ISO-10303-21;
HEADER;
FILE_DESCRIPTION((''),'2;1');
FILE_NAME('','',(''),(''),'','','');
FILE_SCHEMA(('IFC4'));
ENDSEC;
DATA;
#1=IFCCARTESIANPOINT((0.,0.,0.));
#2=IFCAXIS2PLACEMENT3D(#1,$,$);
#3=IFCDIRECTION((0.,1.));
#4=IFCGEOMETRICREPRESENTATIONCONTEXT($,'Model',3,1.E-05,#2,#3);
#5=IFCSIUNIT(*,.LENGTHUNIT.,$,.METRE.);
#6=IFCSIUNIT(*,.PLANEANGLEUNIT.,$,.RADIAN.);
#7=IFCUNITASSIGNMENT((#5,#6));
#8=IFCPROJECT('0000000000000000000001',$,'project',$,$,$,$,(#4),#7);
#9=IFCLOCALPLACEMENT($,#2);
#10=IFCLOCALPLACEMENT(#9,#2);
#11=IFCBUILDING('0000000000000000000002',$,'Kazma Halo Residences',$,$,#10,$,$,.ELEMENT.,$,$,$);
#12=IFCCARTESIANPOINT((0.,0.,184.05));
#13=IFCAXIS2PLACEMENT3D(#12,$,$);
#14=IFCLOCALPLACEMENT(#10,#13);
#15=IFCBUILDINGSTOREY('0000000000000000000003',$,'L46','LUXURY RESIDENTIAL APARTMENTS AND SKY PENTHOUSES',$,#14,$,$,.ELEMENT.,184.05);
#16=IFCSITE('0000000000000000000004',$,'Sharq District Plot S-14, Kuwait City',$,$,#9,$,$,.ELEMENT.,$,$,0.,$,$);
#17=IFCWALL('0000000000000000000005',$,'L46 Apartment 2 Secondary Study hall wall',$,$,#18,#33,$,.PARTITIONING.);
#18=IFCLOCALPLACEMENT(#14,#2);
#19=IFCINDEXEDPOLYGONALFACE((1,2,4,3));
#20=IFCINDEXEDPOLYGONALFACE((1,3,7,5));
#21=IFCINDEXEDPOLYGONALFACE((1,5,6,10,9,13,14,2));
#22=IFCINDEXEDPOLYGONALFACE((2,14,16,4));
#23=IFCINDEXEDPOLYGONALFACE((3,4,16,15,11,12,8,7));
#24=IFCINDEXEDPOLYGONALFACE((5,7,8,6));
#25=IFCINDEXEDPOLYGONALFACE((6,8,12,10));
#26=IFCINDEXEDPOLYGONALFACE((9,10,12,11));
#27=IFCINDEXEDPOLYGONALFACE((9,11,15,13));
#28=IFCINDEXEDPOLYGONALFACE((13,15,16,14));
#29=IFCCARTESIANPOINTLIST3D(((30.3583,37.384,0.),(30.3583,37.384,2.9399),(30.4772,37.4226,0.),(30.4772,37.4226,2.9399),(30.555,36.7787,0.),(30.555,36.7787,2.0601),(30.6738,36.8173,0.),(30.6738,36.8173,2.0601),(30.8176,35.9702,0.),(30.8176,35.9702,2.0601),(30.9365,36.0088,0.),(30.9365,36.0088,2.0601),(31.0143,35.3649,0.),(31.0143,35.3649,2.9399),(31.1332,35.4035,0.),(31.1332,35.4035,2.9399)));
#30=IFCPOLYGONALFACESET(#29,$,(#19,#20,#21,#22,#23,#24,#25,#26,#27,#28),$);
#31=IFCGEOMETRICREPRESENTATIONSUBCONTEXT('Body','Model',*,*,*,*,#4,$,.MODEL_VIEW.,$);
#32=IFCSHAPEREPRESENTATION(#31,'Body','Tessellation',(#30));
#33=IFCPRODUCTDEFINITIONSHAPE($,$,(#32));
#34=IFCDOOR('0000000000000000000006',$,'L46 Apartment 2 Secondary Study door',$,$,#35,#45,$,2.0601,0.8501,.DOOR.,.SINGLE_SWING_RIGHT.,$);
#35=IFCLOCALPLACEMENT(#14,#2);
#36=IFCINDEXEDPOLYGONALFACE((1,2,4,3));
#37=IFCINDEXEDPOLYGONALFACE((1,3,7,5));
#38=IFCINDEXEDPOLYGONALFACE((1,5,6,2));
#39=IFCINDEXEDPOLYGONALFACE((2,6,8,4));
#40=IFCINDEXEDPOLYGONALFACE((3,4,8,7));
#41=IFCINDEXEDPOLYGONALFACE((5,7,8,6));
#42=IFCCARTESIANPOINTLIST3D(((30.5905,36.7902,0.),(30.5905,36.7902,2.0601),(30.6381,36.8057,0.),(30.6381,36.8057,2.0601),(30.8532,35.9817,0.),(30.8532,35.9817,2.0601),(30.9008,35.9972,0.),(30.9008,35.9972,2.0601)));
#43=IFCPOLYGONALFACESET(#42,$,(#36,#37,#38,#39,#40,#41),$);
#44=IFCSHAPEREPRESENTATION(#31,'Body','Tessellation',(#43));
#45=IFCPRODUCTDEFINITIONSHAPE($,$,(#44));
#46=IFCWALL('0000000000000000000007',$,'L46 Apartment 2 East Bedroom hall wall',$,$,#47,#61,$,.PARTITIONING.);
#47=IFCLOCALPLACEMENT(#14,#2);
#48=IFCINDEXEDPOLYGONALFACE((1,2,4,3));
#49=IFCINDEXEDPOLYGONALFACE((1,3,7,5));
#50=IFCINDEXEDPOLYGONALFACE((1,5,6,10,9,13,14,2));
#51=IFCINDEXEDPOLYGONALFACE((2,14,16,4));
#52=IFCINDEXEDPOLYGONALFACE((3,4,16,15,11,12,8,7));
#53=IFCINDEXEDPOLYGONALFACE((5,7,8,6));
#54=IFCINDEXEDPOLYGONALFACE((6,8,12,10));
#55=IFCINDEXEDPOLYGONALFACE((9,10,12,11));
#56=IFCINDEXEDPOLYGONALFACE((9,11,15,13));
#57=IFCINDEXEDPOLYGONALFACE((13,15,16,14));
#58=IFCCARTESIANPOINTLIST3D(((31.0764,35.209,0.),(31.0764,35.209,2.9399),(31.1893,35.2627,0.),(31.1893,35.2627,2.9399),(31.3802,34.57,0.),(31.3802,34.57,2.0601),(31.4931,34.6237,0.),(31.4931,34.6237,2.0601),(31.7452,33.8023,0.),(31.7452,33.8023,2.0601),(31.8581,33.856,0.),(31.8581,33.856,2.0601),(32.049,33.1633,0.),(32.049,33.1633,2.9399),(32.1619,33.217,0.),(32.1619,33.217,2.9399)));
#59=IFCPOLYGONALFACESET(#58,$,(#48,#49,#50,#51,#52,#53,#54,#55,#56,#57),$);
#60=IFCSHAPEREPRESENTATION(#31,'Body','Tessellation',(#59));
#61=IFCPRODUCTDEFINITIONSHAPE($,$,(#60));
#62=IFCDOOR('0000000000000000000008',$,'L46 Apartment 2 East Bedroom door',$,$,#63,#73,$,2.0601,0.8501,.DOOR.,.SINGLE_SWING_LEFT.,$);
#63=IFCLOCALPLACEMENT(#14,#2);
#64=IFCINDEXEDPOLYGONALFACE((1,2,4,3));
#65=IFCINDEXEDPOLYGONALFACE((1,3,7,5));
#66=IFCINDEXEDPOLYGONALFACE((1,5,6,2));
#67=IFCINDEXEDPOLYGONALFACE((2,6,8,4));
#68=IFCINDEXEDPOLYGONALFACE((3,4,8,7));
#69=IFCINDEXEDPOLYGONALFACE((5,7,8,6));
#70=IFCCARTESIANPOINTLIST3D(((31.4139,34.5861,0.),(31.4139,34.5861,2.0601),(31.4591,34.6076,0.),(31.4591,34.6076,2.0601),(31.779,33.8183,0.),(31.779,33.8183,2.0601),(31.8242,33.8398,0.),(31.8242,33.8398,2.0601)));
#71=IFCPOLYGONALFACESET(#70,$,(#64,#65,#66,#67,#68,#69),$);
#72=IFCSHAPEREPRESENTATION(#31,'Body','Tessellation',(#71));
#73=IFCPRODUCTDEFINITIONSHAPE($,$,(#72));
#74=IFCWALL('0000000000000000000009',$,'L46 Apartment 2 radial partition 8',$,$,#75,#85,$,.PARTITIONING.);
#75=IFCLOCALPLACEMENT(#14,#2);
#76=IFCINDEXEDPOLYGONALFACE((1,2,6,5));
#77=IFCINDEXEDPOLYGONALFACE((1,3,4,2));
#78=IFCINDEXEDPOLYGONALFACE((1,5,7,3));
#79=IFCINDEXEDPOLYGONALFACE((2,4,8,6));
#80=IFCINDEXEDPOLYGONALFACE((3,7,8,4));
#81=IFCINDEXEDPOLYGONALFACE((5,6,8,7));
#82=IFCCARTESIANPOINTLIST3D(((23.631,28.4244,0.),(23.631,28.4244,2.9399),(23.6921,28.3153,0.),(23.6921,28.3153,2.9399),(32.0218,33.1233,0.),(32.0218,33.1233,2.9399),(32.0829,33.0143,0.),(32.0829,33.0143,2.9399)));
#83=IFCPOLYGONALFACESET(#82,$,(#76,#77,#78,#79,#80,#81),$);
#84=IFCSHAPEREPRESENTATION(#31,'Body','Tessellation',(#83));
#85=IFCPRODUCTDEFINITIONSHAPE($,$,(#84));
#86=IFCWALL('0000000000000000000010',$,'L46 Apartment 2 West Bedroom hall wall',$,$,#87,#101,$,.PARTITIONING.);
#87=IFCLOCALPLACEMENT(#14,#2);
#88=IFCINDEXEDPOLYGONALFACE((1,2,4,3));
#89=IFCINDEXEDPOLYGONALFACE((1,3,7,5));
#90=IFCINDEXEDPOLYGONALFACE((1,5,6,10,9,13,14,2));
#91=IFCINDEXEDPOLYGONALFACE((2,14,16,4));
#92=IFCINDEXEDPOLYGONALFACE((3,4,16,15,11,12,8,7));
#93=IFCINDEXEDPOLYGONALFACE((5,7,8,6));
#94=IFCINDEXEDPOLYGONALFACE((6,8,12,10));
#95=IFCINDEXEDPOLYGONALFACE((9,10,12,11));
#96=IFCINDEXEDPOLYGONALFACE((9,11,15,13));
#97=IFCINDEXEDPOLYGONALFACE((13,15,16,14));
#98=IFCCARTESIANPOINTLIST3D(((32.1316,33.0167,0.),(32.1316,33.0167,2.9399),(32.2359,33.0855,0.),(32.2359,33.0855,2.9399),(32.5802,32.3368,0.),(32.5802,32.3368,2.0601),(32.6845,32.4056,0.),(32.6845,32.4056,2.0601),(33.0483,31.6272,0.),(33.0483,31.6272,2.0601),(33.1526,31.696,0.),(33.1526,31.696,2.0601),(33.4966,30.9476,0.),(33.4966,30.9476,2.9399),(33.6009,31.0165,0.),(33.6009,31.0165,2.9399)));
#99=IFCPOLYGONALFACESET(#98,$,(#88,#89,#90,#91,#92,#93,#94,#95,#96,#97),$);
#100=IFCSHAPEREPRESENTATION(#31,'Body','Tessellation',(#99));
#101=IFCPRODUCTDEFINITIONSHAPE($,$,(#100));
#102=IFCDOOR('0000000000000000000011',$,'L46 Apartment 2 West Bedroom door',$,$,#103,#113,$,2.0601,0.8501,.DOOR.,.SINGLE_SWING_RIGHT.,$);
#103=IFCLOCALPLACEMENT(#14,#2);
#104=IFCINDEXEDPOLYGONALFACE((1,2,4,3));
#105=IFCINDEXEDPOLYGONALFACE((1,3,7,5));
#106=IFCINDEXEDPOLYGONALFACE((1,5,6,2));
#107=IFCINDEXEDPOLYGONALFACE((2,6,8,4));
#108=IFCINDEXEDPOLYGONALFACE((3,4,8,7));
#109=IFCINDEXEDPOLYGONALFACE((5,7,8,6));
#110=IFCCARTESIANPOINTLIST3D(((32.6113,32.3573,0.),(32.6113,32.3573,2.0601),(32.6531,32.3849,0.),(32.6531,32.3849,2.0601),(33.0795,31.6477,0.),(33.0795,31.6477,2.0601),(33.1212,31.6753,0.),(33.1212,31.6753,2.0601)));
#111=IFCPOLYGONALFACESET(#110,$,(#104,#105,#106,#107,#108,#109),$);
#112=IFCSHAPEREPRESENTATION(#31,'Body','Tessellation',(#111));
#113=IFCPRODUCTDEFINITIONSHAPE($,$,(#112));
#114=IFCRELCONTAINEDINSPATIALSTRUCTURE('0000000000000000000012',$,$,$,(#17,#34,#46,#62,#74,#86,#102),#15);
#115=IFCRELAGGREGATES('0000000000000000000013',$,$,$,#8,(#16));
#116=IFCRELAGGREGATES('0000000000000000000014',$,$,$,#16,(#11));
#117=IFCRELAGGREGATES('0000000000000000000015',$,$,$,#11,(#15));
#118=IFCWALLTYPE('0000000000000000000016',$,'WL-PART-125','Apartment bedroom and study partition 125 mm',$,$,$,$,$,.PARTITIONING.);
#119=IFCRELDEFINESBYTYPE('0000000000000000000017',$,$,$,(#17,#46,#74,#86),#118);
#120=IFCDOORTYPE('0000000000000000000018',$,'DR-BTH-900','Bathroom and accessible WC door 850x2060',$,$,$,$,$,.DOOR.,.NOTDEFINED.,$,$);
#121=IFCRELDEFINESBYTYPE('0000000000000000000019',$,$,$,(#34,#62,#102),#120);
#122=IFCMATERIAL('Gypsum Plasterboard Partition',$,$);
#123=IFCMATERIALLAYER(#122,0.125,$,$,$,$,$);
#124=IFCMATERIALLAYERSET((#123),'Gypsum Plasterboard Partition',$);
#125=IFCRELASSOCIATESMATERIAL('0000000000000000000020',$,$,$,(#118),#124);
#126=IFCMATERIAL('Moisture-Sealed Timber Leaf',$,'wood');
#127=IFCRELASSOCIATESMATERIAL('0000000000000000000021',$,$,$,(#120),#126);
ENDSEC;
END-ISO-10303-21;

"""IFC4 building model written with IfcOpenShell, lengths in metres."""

from ifc_helpers import new_model, si_unit, direction, frame, frame_2d, origin, place, context, subcontext, project, spatial, rectangle, extrude, material, layer, layer_set, type_object, element, fill, save


model = new_model("IFC4")

# Units and contexts
model_context = context("Model", 3, precision=1e-05, world=origin(), true_north=direction((0.0, 1.0)))
body_context = subcontext(model_context, "Body", "Model", "MODEL_VIEW")
ifc_project = project(units=[si_unit("LENGTHUNIT", "METRE"), si_unit("PLANEANGLEUNIT", "RADIAN")], contexts=[model_context])

# Site, building, storey
site_placement = place(None, origin())
site = spatial("IfcSite", under=ifc_project, at=site_placement, Name="Sharq District Plot S-14, Kuwait City", CompositionType="ELEMENT", RefElevation=0.0)
building_placement = place(site_placement, origin())
building = spatial("IfcBuilding", under=site, at=building_placement, Name="Kazma Halo Residences", CompositionType="ELEMENT")
storey_placement = place(building_placement, frame((0.0, 0.0, 184.05)))
storey = spatial("IfcBuildingStorey", under=building, at=storey_placement, Name="L46", Description="LUXURY RESIDENTIAL APARTMENTS AND SKY PENTHOUSES", CompositionType="ELEMENT", Elevation=184.05)

# Shared definitions
ifc_material_1 = material(Name="Gypsum Plasterboard Partition")
ifc_layer_1 = layer(ifc_material_1, 0.125)
ifc_layer_set_1 = layer_set([ifc_layer_1], Name="Gypsum Plasterboard Partition")
wall_type_1 = type_object("IfcWallType", Name="WL-PART-125", Description="Apartment bedroom and study partition 125 mm", PredefinedType="PARTITIONING", material=ifc_layer_set_1)

# Walls, openings, doors
ifc_material_2 = material(Name="Moisture-Sealed Timber Leaf", Category="wood")
door_type = type_object("IfcDoorType", Name="DR-BTH-900", Description="Bathroom and accessible WC door 850x2060", OperationType="NOTDEFINED", PredefinedType="DOOR", material=ifc_material_2)
wall_1_placement = place(storey_placement, frame((30.4177, 37.4033, 0.0), z_axis=(0.0, 0.0, 1.0), x_axis=(0.309008, -0.951059, 0.0)))
wall_1 = element("IfcWall", 1, at=wall_1_placement, inside=storey, type_object=wall_type_1, Name="L46 Apartment 2 Secondary Study hall wall", PredefinedType="PARTITIONING", context=body_context, shape_type="SweptSolid", body=[
    extrude(rectangle(XDim=2.123, YDim=0.125, at=frame_2d((1.0615, 0.0))), origin(), (0.0, 0.0, 1.0), 2.9399),
])
opening_1_placement = place(wall_1_placement, frame((0.6365, 0.0, 0.0)))
opening_1 = element("IfcOpeningElement", 2, at=opening_1_placement, cuts=wall_1, PredefinedType="OPENING", context=body_context, shape_type="SweptSolid", body=[
    extrude(rectangle(XDim=0.8501, YDim=2.0601, at=frame_2d((0.425, 1.03))), frame((0.0, 0.0725, 0.0), z_axis=(0.0, -1.0, 0.0), x_axis=(1.0, 0.0, 0.0)), (0.0, 0.0, 1.0), 0.145),
])
door_1_placement = place(opening_1_placement, origin())
door_1 = element("IfcDoor", 3, at=door_1_placement, inside=storey, type_object=door_type, Name="L46 Apartment 2 Secondary Study door", OperationType="SINGLE_SWING_RIGHT", OverallHeight=2.0601, OverallWidth=0.8501, PredefinedType="DOOR", context=body_context, shape_type="SweptSolid", body=[
    extrude(rectangle(XDim=0.8501, YDim=2.0601, at=frame_2d((0.425, 1.03))), frame((0.0, 0.0249, 0.0), z_axis=(0.0, -1.0, 0.0), x_axis=(1.0, 0.0, 0.0)), (0.0, 0.0, 1.0), 0.05),
])
fill(opening_1, door_1)
wall_2_placement = place(storey_placement, frame((31.1328, 35.2358, 0.0), z_axis=(0.0, 0.0, 1.0), x_axis=(0.429406, -0.903111, 0.0)))
wall_2 = element("IfcWall", 4, at=wall_2_placement, inside=storey, type_object=wall_type_1, Name="L46 Apartment 2 East Bedroom hall wall", PredefinedType="PARTITIONING", context=body_context, shape_type="SweptSolid", body=[
    extrude(rectangle(XDim=2.2651, YDim=0.125, at=frame_2d((1.1326, 0.0))), origin(), (0.0, 0.0, 1.0), 2.9399),
])
opening_2_placement = place(wall_2_placement, frame((0.7075, 0.0, 0.0)))
opening_2 = element("IfcOpeningElement", 5, at=opening_2_placement, cuts=wall_2, PredefinedType="OPENING", context=body_context, shape_type="SweptSolid", body=[
    extrude(rectangle(XDim=0.8501, YDim=2.0601, at=frame_2d((0.425, 1.03))), frame((0.0, 0.0725, 0.0), z_axis=(0.0, -1.0, 0.0), x_axis=(1.0, 0.0, 0.0)), (0.0, 0.0, 1.0), 0.145),
])
door_2_placement = place(opening_2_placement, origin())
door_2 = element("IfcDoor", 6, at=door_2_placement, inside=storey, type_object=door_type, Name="L46 Apartment 2 East Bedroom door", OperationType="SINGLE_SWING_LEFT", OverallHeight=2.0601, OverallWidth=0.8501, PredefinedType="DOOR", context=body_context, shape_type="SweptSolid", body=[
    extrude(rectangle(XDim=0.8501, YDim=2.0601, at=frame_2d((0.425, 1.03))), frame((0.0, 0.0249, 0.0), z_axis=(0.0, -1.0, 0.0), x_axis=(1.0, 0.0, 0.0)), (0.0, 0.0, 1.0), 0.05),
])
fill(opening_2, door_2)

# Wall
wall_3_placement = place(storey_placement, frame((32.0525, 33.0688, 0.0), z_axis=(0.0, 0.0, 1.0), x_axis=(-0.872502, -0.48861, 0.0)))
element("IfcWall", 7, at=wall_3_placement, inside=storey, type_object=wall_type_1, Name="L46 Apartment 2 radial partition 8", PredefinedType="PARTITIONING", context=body_context, shape_type="SweptSolid", body=[
    extrude(rectangle(XDim=9.6169, YDim=0.125, at=frame_2d((4.8086, 0.0))), origin(), (0.0, 0.0, 1.0), 2.9399),
])

# Wall, opening, door
wall_4_placement = place(storey_placement, frame((32.1838, 33.051, 0.0), z_axis=(0.0, 0.0, 1.0), x_axis=(0.550671, -0.834723, 0.0)))
wall_4 = element("IfcWall", 8, at=wall_4_placement, inside=storey, type_object=wall_type_1, Name="L46 Apartment 2 West Bedroom hall wall", PredefinedType="PARTITIONING", context=body_context, shape_type="SweptSolid", body=[
    extrude(rectangle(XDim=2.4788, YDim=0.125, at=frame_2d((1.2393, 0.0))), origin(), (0.0, 0.0, 1.0), 2.9399),
])
opening_3_placement = place(wall_4_placement, frame((0.8145, 0.0, 0.0)))
opening_3 = element("IfcOpeningElement", 9, at=opening_3_placement, cuts=wall_4, PredefinedType="OPENING", context=body_context, shape_type="SweptSolid", body=[
    extrude(rectangle(XDim=0.8501, YDim=2.0601, at=frame_2d((0.425, 1.03))), frame((0.0, 0.0725, 0.0), z_axis=(0.0, -1.0, 0.0), x_axis=(1.0, 0.0, 0.0)), (0.0, 0.0, 1.0), 0.145),
])
door_3_placement = place(opening_3_placement, origin())
door_3 = element("IfcDoor", 10, at=door_3_placement, inside=storey, type_object=door_type, Name="L46 Apartment 2 West Bedroom door", OperationType="SINGLE_SWING_RIGHT", OverallHeight=2.0601, OverallWidth=0.8501, PredefinedType="DOOR", context=body_context, shape_type="SweptSolid", body=[
    extrude(rectangle(XDim=0.8501, YDim=2.0601, at=frame_2d((0.425, 1.03))), frame((0.0, 0.0249, 0.0), z_axis=(0.0, -1.0, 0.0), x_axis=(1.0, 0.0, 0.0)), (0.0, 0.0, 1.0), 0.05),
])
fill(opening_3, door_3)

save(model, "model.ifc")
